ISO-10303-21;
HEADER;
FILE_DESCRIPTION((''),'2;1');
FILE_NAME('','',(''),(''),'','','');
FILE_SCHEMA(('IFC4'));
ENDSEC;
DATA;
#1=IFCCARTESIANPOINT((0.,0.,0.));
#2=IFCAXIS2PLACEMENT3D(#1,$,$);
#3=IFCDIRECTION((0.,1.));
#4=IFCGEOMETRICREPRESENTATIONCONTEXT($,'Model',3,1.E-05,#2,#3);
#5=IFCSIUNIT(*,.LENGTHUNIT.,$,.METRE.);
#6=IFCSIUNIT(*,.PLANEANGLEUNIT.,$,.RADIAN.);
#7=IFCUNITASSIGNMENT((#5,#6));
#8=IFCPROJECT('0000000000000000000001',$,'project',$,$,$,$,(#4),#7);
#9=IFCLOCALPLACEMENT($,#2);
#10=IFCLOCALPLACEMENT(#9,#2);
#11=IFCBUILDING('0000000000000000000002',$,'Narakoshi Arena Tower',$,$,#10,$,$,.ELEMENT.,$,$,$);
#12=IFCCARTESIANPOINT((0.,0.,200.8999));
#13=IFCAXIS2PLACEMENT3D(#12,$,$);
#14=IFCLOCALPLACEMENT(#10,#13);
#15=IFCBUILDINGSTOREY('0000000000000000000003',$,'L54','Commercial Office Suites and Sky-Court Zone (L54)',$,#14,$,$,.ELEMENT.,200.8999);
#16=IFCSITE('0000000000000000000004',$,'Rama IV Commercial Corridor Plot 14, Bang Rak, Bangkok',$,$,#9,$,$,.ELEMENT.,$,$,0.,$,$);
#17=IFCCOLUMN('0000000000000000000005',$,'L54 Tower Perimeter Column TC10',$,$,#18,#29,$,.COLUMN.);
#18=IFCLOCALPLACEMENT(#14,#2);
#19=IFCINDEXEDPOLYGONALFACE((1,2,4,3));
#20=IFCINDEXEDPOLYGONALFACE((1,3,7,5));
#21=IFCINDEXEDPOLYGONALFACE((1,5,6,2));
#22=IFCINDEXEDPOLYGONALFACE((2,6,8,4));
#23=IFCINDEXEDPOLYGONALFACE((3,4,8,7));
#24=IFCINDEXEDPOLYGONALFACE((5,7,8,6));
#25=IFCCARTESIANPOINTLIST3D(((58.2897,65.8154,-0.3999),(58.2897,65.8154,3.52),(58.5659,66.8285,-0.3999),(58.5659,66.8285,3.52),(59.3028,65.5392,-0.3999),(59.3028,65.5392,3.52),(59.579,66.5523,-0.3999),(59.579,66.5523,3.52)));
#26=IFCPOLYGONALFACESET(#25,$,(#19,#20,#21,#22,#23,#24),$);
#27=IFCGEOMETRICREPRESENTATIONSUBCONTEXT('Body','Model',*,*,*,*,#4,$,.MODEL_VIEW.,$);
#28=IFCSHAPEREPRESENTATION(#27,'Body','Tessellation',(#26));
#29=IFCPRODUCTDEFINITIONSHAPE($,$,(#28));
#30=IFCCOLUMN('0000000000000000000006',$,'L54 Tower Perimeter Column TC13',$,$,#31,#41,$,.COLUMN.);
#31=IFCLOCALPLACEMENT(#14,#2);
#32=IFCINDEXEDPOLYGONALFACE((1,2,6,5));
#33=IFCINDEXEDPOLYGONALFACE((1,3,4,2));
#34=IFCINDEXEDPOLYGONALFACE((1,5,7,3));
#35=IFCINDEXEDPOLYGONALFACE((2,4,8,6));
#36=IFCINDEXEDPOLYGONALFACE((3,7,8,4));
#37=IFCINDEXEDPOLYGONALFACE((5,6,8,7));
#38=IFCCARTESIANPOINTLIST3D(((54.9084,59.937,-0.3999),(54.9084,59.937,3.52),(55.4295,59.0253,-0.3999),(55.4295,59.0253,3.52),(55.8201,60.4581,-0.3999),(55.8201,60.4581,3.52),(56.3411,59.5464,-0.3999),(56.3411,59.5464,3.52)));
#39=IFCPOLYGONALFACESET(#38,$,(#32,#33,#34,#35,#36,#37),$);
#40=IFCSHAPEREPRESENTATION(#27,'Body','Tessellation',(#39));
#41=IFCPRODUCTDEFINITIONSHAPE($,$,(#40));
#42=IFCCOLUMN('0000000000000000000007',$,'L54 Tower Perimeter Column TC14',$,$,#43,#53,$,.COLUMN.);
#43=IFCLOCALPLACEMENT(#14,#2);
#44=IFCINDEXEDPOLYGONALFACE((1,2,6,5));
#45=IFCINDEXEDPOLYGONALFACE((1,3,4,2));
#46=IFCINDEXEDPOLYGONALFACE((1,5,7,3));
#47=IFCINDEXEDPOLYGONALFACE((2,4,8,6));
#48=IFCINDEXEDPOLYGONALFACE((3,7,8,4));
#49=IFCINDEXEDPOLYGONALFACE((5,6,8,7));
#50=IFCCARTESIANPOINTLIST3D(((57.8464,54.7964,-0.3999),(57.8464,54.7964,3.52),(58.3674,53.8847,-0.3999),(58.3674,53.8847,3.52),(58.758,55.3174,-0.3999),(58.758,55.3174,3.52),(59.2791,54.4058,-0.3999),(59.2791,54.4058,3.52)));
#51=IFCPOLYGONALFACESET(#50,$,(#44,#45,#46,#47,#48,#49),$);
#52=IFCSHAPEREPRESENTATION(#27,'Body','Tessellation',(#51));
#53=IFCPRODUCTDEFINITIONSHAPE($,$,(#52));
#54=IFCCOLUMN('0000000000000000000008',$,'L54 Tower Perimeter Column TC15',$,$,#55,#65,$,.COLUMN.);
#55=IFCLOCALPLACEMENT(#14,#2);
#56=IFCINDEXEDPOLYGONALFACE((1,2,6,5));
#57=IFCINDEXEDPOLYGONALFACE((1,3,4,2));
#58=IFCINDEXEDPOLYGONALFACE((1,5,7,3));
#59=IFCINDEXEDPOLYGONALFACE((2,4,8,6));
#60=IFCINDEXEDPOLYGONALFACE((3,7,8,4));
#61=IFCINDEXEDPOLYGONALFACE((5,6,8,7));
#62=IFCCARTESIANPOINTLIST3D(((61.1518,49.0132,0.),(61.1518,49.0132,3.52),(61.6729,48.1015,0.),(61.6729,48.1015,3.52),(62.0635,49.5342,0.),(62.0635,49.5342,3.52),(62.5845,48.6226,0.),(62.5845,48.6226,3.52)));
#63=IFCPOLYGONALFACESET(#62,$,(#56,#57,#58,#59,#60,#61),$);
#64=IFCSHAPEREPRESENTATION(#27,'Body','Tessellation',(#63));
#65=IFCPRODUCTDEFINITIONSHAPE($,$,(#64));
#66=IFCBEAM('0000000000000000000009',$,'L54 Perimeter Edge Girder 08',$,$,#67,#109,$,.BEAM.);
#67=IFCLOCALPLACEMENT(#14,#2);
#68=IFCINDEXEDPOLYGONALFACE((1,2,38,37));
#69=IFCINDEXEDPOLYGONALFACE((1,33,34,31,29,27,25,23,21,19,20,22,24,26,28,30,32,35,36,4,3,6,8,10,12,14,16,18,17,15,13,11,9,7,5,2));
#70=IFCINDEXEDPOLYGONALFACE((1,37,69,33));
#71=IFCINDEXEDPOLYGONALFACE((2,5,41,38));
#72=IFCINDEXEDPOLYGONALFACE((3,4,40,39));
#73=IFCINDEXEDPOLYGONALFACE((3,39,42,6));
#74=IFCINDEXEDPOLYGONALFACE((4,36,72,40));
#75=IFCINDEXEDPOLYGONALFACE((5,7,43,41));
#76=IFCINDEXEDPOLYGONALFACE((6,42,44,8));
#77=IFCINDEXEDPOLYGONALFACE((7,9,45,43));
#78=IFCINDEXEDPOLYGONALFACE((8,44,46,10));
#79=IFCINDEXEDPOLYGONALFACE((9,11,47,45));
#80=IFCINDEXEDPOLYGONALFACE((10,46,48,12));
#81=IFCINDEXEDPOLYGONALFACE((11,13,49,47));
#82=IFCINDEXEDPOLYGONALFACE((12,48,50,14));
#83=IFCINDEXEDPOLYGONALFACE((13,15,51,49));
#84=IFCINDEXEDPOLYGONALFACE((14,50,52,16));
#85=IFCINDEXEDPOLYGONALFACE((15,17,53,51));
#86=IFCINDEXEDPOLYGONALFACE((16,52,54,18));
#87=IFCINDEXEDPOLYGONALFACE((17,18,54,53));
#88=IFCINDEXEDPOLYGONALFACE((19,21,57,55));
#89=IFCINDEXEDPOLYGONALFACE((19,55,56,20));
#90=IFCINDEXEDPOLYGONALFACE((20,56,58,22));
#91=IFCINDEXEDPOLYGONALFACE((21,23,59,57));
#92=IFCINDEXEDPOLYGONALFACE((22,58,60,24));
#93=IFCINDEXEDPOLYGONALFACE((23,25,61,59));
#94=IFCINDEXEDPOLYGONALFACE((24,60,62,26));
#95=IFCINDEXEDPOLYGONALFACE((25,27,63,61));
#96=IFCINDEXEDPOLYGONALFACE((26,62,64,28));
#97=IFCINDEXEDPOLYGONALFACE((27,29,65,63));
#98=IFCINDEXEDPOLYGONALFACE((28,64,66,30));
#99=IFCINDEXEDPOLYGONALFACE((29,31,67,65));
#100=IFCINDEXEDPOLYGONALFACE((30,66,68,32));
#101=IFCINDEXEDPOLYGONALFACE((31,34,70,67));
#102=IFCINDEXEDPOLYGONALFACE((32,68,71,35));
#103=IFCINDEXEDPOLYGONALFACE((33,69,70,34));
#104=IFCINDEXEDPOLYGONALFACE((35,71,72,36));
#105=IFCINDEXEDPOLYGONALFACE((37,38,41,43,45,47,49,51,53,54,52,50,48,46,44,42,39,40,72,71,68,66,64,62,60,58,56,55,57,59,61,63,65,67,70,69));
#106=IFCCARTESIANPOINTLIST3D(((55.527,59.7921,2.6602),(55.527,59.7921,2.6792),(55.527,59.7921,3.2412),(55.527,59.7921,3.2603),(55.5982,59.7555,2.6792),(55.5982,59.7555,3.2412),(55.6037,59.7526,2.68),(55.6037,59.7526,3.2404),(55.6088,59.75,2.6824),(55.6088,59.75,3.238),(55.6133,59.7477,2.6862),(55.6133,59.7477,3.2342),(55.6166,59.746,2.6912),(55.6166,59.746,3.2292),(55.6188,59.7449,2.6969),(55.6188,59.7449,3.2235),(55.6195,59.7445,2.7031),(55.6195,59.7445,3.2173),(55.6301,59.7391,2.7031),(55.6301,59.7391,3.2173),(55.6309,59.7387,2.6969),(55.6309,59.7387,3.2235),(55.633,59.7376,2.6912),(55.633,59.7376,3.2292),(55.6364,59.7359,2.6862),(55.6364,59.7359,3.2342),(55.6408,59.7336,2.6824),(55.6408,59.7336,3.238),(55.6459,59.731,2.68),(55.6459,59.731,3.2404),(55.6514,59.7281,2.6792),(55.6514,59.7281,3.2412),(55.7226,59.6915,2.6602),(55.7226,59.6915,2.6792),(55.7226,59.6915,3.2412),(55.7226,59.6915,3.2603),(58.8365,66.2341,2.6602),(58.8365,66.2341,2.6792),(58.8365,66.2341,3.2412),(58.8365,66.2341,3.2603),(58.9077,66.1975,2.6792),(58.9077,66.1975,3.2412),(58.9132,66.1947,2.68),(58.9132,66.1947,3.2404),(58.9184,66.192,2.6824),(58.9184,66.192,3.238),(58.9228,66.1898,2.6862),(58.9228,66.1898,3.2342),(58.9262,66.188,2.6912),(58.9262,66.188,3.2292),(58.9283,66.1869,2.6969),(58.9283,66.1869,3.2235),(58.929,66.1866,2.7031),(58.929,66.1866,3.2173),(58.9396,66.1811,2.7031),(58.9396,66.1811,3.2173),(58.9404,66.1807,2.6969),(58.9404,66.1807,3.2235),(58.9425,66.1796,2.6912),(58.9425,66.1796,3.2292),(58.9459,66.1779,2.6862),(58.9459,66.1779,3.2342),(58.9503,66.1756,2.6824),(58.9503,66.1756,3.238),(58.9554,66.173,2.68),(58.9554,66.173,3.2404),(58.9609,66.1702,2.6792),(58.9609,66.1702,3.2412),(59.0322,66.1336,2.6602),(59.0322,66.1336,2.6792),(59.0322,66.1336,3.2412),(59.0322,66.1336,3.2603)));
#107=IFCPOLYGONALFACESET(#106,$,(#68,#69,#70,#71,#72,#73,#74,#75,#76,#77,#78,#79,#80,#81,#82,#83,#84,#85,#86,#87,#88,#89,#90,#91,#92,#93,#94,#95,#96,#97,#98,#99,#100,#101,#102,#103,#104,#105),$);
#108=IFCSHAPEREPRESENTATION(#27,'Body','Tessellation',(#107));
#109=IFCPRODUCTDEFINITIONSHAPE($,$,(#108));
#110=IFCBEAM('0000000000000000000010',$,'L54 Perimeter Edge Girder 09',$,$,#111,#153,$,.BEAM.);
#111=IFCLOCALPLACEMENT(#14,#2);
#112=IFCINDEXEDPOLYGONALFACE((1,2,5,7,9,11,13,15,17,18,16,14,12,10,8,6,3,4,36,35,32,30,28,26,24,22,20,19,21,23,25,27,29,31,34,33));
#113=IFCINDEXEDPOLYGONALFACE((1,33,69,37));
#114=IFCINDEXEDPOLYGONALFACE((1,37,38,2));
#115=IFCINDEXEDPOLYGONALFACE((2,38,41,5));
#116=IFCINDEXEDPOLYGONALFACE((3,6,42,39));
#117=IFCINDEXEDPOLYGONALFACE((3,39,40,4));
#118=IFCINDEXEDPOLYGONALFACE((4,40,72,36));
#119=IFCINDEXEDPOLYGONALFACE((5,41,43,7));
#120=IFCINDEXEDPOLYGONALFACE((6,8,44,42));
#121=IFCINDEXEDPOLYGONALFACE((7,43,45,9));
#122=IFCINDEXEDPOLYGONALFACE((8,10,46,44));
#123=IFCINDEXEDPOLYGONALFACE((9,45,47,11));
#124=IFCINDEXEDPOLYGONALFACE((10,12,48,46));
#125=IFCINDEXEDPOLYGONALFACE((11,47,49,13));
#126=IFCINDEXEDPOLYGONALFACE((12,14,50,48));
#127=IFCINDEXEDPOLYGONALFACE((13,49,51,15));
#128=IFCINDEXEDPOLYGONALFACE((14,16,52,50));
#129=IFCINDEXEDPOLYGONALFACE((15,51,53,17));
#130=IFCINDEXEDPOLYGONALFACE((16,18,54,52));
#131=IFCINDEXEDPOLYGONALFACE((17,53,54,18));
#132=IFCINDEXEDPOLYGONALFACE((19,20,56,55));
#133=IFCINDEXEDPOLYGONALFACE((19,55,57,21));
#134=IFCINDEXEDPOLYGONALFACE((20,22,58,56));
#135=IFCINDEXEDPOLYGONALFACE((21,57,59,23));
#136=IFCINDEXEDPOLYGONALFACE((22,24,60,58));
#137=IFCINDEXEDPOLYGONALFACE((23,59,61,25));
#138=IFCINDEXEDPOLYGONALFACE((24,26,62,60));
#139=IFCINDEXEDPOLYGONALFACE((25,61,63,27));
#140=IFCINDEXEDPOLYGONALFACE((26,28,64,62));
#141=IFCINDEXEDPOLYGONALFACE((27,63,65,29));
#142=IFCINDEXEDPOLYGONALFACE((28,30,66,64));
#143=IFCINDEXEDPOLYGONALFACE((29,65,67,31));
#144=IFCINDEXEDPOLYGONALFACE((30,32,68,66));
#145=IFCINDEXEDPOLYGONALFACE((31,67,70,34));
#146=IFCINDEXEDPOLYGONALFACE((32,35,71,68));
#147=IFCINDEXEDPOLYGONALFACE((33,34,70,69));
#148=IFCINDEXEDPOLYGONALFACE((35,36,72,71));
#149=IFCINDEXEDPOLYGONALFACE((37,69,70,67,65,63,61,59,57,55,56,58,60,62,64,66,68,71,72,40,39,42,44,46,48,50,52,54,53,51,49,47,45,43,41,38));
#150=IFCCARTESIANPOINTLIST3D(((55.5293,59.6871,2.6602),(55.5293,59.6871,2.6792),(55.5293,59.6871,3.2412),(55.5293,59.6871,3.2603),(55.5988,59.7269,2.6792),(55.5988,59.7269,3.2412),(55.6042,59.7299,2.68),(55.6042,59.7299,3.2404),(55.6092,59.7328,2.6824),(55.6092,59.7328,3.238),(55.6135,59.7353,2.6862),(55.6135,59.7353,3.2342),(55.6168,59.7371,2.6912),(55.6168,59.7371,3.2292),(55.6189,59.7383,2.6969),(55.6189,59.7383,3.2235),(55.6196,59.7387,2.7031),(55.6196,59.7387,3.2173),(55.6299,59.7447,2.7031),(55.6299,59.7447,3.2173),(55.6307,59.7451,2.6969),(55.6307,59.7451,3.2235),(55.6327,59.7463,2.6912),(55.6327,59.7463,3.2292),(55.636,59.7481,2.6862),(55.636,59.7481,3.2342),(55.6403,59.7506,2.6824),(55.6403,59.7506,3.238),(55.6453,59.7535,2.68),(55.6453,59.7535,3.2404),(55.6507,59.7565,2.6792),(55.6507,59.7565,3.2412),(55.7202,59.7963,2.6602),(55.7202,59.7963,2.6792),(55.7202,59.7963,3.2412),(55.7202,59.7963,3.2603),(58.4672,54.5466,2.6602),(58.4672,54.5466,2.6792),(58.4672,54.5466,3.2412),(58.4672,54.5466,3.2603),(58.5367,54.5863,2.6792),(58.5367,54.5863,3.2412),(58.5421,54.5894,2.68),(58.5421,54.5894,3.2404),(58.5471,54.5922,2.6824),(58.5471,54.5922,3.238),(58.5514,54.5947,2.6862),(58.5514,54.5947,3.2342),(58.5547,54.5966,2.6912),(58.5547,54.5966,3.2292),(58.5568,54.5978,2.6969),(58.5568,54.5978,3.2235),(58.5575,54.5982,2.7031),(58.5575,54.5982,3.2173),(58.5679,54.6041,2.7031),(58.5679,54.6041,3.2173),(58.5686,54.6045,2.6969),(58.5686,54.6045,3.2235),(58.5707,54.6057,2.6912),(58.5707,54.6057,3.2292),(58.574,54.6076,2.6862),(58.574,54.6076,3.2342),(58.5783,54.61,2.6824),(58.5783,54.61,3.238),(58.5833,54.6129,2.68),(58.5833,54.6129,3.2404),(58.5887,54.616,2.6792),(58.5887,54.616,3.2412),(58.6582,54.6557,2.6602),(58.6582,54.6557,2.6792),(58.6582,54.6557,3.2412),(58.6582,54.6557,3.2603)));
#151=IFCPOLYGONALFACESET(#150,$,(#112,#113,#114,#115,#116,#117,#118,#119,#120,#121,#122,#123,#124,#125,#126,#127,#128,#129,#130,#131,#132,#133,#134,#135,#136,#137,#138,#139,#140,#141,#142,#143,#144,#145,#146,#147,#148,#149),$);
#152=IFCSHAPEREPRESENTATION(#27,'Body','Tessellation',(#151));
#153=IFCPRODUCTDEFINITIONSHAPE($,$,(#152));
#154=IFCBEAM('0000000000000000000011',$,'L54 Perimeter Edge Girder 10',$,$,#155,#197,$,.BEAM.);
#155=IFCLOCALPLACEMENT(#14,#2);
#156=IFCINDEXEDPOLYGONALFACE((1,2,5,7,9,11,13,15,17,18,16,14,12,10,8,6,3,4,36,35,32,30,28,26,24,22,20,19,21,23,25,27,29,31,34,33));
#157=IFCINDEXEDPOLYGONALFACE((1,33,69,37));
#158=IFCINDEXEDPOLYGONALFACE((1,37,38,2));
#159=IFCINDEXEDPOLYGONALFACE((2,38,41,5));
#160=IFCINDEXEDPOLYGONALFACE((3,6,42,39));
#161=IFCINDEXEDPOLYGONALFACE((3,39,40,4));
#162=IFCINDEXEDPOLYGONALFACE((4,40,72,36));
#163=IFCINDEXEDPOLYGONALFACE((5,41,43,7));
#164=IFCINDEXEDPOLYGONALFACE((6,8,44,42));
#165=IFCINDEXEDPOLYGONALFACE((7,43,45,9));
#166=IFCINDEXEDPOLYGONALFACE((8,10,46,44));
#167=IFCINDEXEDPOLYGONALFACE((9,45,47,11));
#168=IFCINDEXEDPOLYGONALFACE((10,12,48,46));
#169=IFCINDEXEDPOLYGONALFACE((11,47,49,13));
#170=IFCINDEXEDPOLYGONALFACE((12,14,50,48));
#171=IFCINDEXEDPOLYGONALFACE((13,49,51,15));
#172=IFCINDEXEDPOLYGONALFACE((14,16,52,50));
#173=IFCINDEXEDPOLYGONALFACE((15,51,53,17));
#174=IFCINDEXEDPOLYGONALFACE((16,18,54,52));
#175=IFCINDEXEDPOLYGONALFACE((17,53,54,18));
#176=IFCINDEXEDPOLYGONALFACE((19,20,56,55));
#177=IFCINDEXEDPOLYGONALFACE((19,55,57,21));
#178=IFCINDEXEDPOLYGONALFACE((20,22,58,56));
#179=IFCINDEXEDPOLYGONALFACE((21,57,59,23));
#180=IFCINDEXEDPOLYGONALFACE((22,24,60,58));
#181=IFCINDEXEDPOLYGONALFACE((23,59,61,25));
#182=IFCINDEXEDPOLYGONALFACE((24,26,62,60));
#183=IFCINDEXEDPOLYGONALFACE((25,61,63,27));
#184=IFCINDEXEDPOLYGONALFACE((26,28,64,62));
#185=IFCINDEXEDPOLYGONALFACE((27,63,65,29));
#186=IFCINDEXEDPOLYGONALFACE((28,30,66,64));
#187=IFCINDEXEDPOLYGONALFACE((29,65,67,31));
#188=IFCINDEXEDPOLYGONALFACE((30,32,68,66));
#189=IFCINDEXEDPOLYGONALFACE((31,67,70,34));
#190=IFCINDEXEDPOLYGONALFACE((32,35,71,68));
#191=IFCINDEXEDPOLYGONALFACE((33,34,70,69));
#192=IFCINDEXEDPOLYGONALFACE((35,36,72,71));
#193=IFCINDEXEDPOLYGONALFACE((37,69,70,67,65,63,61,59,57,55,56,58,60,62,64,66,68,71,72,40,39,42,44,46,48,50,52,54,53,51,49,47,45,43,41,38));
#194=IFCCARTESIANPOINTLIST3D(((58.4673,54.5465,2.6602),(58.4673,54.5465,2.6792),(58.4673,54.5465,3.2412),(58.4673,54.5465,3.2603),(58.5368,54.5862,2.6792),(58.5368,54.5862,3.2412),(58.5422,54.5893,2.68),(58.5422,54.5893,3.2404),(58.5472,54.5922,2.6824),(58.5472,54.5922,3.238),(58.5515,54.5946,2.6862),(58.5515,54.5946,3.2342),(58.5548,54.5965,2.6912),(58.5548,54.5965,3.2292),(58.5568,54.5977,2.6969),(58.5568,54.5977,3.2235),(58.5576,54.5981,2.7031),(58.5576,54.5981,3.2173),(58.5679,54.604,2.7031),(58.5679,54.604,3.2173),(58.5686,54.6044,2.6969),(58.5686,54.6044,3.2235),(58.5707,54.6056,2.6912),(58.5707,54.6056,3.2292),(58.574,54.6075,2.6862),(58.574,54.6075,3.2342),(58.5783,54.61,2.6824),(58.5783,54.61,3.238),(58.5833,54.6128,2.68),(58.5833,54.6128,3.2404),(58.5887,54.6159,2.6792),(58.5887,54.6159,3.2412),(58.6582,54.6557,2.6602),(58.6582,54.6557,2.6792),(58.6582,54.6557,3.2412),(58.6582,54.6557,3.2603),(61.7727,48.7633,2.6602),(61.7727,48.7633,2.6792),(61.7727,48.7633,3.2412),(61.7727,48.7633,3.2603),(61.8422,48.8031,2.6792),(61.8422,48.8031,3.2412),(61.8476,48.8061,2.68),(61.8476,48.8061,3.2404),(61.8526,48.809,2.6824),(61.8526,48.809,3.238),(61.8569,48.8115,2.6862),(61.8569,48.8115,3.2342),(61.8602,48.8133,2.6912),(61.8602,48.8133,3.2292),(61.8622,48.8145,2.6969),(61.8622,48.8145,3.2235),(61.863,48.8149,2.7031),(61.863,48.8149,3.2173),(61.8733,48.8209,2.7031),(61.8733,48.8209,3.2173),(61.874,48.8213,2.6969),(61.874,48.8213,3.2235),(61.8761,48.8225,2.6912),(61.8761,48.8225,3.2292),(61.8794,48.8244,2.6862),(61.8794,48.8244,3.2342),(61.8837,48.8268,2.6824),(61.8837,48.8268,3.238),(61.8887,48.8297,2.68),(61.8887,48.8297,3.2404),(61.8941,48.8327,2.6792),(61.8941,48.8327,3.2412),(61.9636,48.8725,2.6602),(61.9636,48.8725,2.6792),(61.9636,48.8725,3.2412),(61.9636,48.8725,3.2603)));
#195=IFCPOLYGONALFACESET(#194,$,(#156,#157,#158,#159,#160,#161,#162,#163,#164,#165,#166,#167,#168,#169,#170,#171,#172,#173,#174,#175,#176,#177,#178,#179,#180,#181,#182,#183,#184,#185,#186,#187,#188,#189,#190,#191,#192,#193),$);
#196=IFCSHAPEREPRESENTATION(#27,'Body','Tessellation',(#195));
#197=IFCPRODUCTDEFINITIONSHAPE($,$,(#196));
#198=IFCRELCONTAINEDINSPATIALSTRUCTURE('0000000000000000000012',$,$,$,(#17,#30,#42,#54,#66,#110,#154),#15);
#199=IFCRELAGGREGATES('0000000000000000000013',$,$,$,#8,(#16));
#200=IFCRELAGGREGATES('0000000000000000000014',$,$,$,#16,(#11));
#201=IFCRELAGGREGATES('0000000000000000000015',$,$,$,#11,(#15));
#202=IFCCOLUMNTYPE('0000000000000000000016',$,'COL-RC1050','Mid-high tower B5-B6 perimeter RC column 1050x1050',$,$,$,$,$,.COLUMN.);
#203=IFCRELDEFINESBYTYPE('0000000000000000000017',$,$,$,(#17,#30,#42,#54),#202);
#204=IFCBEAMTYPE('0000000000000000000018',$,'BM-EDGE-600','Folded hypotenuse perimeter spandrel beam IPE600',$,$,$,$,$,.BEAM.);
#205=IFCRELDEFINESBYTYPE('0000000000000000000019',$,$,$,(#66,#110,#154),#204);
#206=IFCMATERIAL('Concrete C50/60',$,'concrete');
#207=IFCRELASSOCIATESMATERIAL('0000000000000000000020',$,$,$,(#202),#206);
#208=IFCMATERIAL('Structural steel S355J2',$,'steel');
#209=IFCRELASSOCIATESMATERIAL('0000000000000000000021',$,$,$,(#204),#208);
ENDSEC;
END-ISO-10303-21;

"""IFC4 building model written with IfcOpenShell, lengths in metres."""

from ifc_helpers import new_model, si_unit, direction, frame, origin, origin_2d, place, context, subcontext, project, spatial, rectangle, i_section, extrude, material, material_profile, profile_set, type_object, element, save


model = new_model("IFC4")

# Units and contexts
model_context = context("Model", 3, precision=1e-05, world=origin(), true_north=direction((0.0, 1.0)))
body_context = subcontext(model_context, "Body", "Model", "MODEL_VIEW")
ifc_project = project(units=[si_unit("LENGTHUNIT", "METRE"), si_unit("PLANEANGLEUNIT", "RADIAN")], contexts=[model_context])

# Site, building, storey
site_placement = place(None, origin())
site = spatial("IfcSite", under=ifc_project, at=site_placement, Name="Rama IV Commercial Corridor Plot 14, Bang Rak, Bangkok", CompositionType="ELEMENT", RefElevation=0.0)
building_placement = place(site_placement, origin())
building = spatial("IfcBuilding", under=site, at=building_placement, Name="Narakoshi Arena Tower", CompositionType="ELEMENT")
storey_placement = place(building_placement, frame((0.0, 0.0, 200.8999)))
storey = spatial("IfcBuildingStorey", under=building, at=storey_placement, Name="L54", Description="Commercial Office Suites and Sky-Court Zone (L54)", CompositionType="ELEMENT", Elevation=200.8999)

# Columns
ifc_material_1 = material(Name="Concrete C50/60", Category="concrete")
ifc_material_profile_1 = material_profile(ifc_material_1, rectangle(XDim=1.05, YDim=1.05, at=origin_2d()), Name="RC1050x1050")
ifc_profile_set_1 = profile_set([ifc_material_profile_1], Name="Concrete C50/60")
column_type = type_object("IfcColumnType", Name="COL-RC1050", Description="Mid-high tower B5-B6 perimeter RC column 1050x1050", PredefinedType="COLUMN", material=ifc_profile_set_1)
for number, where, z_axis, x_axis, name in (
    (1, (58.9343, 66.1838, -0.3999), (0.0, 0.0, 1.0), (0.263031, 0.964787, 0.0), "L54 Tower Perimeter Column TC10"),
    (2, (55.6248, 59.7417, -0.3999), (0.0, 0.0, 1.0), (-0.496217, 0.868199, 0.0), "L54 Tower Perimeter Column TC13"),
    (3, (58.5627, 54.6011, -0.3999), (0.0, 0.0, 1.0), (-0.496217, 0.868199, 0.0), "L54 Tower Perimeter Column TC14"),
):
    element("IfcColumn", number, at=place(storey_placement, frame(where, z_axis=z_axis, x_axis=x_axis)), inside=storey, type_object=column_type, Name=name, PredefinedType="COLUMN", context=body_context, shape_type="SweptSolid", body=[
        extrude(rectangle(XDim=1.05, YDim=1.05, at=origin_2d()), origin(), (0.0, 0.0, 1.0), 3.9199),
    ])
column_placement = place(storey_placement, frame((61.8682, 48.8179, 0.0), z_axis=(0.0, 0.0, 1.0), x_axis=(-0.496217, 0.868199, 0.0)))
element("IfcColumn", 4, at=column_placement, inside=storey, type_object=column_type, Name="L54 Tower Perimeter Column TC15", PredefinedType="COLUMN", context=body_context, shape_type="SweptSolid", body=[
    extrude(rectangle(XDim=1.05, YDim=1.05, at=origin_2d()), origin(), (0.0, 0.0, 1.0), 3.52),
])

# Beams
ifc_material_2 = material(Name="Structural steel S355J2", Category="steel")
ifc_material_profile_2 = material_profile(ifc_material_2, i_section(OverallWidth=0.22, OverallDepth=0.6001, WebThickness=0.012, FlangeThickness=0.019, FilletRadius=0.0239, at=origin_2d()), Name="IPE600")
ifc_profile_set_2 = profile_set([ifc_material_profile_2], Name="Structural steel S355J2")
beam_type_1 = type_object("IfcBeamType", Name="BM-EDGE-600", Description="Folded hypotenuse perimeter spandrel beam IPE600", PredefinedType="BEAM", material=ifc_profile_set_2)
beam_1_placement = place(storey_placement, frame((58.9343, 66.1838, 2.9602), z_axis=(-0.456963, -0.889486, 0.0), x_axis=(0.889486, -0.456963, 0.0)))
element("IfcBeam", 5, at=beam_1_placement, inside=storey, type_object=beam_type_1, Name="L54 Perimeter Edge Girder 08", PredefinedType="BEAM", context=body_context, shape_type="SweptSolid", body=[
    extrude(i_section(OverallWidth=0.22, OverallDepth=0.6001, WebThickness=0.012, FlangeThickness=0.019, FilletRadius=0.0239, at=origin_2d()), origin(), (0.0, 0.0, 1.0), 7.2424),
])
beam_2_placement = place(storey_placement, frame((55.6248, 59.7417, 2.9602), z_axis=(0.496201, -0.868208, 0.0), x_axis=(0.868208, 0.496201, 0.0)))
element("IfcBeam", 6, at=beam_2_placement, inside=storey, type_object=beam_type_1, Name="L54 Perimeter Edge Girder 09", PredefinedType="BEAM", context=body_context, shape_type="SweptSolid", body=[
    extrude(i_section(OverallWidth=0.22, OverallDepth=0.6001, WebThickness=0.012, FlangeThickness=0.019, FilletRadius=0.0239, at=origin_2d()), origin(), (0.0, 0.0, 1.0), 5.9209),
])
for number, where, z_axis, x_axis, name in (
    (7, (58.5627, 54.6011, 2.9602), (0.496222, -0.868196, 0.0), (0.868196, 0.496222, 0.0), "L54 Perimeter Edge Girder 10"),
):
    element("IfcBeam", number, at=place(storey_placement, frame(where, z_axis=z_axis, x_axis=x_axis)), inside=storey, type_object=beam_type_1, Name=name, PredefinedType="BEAM", context=body_context, shape_type="SweptSolid", body=[
        extrude(i_section(OverallWidth=0.22, OverallDepth=0.6001, WebThickness=0.012, FlangeThickness=0.019, FilletRadius=0.0239, at=origin_2d()), origin(), (0.0, 0.0, 1.0), 6.6611),
    ])

save(model, "model.ifc")
